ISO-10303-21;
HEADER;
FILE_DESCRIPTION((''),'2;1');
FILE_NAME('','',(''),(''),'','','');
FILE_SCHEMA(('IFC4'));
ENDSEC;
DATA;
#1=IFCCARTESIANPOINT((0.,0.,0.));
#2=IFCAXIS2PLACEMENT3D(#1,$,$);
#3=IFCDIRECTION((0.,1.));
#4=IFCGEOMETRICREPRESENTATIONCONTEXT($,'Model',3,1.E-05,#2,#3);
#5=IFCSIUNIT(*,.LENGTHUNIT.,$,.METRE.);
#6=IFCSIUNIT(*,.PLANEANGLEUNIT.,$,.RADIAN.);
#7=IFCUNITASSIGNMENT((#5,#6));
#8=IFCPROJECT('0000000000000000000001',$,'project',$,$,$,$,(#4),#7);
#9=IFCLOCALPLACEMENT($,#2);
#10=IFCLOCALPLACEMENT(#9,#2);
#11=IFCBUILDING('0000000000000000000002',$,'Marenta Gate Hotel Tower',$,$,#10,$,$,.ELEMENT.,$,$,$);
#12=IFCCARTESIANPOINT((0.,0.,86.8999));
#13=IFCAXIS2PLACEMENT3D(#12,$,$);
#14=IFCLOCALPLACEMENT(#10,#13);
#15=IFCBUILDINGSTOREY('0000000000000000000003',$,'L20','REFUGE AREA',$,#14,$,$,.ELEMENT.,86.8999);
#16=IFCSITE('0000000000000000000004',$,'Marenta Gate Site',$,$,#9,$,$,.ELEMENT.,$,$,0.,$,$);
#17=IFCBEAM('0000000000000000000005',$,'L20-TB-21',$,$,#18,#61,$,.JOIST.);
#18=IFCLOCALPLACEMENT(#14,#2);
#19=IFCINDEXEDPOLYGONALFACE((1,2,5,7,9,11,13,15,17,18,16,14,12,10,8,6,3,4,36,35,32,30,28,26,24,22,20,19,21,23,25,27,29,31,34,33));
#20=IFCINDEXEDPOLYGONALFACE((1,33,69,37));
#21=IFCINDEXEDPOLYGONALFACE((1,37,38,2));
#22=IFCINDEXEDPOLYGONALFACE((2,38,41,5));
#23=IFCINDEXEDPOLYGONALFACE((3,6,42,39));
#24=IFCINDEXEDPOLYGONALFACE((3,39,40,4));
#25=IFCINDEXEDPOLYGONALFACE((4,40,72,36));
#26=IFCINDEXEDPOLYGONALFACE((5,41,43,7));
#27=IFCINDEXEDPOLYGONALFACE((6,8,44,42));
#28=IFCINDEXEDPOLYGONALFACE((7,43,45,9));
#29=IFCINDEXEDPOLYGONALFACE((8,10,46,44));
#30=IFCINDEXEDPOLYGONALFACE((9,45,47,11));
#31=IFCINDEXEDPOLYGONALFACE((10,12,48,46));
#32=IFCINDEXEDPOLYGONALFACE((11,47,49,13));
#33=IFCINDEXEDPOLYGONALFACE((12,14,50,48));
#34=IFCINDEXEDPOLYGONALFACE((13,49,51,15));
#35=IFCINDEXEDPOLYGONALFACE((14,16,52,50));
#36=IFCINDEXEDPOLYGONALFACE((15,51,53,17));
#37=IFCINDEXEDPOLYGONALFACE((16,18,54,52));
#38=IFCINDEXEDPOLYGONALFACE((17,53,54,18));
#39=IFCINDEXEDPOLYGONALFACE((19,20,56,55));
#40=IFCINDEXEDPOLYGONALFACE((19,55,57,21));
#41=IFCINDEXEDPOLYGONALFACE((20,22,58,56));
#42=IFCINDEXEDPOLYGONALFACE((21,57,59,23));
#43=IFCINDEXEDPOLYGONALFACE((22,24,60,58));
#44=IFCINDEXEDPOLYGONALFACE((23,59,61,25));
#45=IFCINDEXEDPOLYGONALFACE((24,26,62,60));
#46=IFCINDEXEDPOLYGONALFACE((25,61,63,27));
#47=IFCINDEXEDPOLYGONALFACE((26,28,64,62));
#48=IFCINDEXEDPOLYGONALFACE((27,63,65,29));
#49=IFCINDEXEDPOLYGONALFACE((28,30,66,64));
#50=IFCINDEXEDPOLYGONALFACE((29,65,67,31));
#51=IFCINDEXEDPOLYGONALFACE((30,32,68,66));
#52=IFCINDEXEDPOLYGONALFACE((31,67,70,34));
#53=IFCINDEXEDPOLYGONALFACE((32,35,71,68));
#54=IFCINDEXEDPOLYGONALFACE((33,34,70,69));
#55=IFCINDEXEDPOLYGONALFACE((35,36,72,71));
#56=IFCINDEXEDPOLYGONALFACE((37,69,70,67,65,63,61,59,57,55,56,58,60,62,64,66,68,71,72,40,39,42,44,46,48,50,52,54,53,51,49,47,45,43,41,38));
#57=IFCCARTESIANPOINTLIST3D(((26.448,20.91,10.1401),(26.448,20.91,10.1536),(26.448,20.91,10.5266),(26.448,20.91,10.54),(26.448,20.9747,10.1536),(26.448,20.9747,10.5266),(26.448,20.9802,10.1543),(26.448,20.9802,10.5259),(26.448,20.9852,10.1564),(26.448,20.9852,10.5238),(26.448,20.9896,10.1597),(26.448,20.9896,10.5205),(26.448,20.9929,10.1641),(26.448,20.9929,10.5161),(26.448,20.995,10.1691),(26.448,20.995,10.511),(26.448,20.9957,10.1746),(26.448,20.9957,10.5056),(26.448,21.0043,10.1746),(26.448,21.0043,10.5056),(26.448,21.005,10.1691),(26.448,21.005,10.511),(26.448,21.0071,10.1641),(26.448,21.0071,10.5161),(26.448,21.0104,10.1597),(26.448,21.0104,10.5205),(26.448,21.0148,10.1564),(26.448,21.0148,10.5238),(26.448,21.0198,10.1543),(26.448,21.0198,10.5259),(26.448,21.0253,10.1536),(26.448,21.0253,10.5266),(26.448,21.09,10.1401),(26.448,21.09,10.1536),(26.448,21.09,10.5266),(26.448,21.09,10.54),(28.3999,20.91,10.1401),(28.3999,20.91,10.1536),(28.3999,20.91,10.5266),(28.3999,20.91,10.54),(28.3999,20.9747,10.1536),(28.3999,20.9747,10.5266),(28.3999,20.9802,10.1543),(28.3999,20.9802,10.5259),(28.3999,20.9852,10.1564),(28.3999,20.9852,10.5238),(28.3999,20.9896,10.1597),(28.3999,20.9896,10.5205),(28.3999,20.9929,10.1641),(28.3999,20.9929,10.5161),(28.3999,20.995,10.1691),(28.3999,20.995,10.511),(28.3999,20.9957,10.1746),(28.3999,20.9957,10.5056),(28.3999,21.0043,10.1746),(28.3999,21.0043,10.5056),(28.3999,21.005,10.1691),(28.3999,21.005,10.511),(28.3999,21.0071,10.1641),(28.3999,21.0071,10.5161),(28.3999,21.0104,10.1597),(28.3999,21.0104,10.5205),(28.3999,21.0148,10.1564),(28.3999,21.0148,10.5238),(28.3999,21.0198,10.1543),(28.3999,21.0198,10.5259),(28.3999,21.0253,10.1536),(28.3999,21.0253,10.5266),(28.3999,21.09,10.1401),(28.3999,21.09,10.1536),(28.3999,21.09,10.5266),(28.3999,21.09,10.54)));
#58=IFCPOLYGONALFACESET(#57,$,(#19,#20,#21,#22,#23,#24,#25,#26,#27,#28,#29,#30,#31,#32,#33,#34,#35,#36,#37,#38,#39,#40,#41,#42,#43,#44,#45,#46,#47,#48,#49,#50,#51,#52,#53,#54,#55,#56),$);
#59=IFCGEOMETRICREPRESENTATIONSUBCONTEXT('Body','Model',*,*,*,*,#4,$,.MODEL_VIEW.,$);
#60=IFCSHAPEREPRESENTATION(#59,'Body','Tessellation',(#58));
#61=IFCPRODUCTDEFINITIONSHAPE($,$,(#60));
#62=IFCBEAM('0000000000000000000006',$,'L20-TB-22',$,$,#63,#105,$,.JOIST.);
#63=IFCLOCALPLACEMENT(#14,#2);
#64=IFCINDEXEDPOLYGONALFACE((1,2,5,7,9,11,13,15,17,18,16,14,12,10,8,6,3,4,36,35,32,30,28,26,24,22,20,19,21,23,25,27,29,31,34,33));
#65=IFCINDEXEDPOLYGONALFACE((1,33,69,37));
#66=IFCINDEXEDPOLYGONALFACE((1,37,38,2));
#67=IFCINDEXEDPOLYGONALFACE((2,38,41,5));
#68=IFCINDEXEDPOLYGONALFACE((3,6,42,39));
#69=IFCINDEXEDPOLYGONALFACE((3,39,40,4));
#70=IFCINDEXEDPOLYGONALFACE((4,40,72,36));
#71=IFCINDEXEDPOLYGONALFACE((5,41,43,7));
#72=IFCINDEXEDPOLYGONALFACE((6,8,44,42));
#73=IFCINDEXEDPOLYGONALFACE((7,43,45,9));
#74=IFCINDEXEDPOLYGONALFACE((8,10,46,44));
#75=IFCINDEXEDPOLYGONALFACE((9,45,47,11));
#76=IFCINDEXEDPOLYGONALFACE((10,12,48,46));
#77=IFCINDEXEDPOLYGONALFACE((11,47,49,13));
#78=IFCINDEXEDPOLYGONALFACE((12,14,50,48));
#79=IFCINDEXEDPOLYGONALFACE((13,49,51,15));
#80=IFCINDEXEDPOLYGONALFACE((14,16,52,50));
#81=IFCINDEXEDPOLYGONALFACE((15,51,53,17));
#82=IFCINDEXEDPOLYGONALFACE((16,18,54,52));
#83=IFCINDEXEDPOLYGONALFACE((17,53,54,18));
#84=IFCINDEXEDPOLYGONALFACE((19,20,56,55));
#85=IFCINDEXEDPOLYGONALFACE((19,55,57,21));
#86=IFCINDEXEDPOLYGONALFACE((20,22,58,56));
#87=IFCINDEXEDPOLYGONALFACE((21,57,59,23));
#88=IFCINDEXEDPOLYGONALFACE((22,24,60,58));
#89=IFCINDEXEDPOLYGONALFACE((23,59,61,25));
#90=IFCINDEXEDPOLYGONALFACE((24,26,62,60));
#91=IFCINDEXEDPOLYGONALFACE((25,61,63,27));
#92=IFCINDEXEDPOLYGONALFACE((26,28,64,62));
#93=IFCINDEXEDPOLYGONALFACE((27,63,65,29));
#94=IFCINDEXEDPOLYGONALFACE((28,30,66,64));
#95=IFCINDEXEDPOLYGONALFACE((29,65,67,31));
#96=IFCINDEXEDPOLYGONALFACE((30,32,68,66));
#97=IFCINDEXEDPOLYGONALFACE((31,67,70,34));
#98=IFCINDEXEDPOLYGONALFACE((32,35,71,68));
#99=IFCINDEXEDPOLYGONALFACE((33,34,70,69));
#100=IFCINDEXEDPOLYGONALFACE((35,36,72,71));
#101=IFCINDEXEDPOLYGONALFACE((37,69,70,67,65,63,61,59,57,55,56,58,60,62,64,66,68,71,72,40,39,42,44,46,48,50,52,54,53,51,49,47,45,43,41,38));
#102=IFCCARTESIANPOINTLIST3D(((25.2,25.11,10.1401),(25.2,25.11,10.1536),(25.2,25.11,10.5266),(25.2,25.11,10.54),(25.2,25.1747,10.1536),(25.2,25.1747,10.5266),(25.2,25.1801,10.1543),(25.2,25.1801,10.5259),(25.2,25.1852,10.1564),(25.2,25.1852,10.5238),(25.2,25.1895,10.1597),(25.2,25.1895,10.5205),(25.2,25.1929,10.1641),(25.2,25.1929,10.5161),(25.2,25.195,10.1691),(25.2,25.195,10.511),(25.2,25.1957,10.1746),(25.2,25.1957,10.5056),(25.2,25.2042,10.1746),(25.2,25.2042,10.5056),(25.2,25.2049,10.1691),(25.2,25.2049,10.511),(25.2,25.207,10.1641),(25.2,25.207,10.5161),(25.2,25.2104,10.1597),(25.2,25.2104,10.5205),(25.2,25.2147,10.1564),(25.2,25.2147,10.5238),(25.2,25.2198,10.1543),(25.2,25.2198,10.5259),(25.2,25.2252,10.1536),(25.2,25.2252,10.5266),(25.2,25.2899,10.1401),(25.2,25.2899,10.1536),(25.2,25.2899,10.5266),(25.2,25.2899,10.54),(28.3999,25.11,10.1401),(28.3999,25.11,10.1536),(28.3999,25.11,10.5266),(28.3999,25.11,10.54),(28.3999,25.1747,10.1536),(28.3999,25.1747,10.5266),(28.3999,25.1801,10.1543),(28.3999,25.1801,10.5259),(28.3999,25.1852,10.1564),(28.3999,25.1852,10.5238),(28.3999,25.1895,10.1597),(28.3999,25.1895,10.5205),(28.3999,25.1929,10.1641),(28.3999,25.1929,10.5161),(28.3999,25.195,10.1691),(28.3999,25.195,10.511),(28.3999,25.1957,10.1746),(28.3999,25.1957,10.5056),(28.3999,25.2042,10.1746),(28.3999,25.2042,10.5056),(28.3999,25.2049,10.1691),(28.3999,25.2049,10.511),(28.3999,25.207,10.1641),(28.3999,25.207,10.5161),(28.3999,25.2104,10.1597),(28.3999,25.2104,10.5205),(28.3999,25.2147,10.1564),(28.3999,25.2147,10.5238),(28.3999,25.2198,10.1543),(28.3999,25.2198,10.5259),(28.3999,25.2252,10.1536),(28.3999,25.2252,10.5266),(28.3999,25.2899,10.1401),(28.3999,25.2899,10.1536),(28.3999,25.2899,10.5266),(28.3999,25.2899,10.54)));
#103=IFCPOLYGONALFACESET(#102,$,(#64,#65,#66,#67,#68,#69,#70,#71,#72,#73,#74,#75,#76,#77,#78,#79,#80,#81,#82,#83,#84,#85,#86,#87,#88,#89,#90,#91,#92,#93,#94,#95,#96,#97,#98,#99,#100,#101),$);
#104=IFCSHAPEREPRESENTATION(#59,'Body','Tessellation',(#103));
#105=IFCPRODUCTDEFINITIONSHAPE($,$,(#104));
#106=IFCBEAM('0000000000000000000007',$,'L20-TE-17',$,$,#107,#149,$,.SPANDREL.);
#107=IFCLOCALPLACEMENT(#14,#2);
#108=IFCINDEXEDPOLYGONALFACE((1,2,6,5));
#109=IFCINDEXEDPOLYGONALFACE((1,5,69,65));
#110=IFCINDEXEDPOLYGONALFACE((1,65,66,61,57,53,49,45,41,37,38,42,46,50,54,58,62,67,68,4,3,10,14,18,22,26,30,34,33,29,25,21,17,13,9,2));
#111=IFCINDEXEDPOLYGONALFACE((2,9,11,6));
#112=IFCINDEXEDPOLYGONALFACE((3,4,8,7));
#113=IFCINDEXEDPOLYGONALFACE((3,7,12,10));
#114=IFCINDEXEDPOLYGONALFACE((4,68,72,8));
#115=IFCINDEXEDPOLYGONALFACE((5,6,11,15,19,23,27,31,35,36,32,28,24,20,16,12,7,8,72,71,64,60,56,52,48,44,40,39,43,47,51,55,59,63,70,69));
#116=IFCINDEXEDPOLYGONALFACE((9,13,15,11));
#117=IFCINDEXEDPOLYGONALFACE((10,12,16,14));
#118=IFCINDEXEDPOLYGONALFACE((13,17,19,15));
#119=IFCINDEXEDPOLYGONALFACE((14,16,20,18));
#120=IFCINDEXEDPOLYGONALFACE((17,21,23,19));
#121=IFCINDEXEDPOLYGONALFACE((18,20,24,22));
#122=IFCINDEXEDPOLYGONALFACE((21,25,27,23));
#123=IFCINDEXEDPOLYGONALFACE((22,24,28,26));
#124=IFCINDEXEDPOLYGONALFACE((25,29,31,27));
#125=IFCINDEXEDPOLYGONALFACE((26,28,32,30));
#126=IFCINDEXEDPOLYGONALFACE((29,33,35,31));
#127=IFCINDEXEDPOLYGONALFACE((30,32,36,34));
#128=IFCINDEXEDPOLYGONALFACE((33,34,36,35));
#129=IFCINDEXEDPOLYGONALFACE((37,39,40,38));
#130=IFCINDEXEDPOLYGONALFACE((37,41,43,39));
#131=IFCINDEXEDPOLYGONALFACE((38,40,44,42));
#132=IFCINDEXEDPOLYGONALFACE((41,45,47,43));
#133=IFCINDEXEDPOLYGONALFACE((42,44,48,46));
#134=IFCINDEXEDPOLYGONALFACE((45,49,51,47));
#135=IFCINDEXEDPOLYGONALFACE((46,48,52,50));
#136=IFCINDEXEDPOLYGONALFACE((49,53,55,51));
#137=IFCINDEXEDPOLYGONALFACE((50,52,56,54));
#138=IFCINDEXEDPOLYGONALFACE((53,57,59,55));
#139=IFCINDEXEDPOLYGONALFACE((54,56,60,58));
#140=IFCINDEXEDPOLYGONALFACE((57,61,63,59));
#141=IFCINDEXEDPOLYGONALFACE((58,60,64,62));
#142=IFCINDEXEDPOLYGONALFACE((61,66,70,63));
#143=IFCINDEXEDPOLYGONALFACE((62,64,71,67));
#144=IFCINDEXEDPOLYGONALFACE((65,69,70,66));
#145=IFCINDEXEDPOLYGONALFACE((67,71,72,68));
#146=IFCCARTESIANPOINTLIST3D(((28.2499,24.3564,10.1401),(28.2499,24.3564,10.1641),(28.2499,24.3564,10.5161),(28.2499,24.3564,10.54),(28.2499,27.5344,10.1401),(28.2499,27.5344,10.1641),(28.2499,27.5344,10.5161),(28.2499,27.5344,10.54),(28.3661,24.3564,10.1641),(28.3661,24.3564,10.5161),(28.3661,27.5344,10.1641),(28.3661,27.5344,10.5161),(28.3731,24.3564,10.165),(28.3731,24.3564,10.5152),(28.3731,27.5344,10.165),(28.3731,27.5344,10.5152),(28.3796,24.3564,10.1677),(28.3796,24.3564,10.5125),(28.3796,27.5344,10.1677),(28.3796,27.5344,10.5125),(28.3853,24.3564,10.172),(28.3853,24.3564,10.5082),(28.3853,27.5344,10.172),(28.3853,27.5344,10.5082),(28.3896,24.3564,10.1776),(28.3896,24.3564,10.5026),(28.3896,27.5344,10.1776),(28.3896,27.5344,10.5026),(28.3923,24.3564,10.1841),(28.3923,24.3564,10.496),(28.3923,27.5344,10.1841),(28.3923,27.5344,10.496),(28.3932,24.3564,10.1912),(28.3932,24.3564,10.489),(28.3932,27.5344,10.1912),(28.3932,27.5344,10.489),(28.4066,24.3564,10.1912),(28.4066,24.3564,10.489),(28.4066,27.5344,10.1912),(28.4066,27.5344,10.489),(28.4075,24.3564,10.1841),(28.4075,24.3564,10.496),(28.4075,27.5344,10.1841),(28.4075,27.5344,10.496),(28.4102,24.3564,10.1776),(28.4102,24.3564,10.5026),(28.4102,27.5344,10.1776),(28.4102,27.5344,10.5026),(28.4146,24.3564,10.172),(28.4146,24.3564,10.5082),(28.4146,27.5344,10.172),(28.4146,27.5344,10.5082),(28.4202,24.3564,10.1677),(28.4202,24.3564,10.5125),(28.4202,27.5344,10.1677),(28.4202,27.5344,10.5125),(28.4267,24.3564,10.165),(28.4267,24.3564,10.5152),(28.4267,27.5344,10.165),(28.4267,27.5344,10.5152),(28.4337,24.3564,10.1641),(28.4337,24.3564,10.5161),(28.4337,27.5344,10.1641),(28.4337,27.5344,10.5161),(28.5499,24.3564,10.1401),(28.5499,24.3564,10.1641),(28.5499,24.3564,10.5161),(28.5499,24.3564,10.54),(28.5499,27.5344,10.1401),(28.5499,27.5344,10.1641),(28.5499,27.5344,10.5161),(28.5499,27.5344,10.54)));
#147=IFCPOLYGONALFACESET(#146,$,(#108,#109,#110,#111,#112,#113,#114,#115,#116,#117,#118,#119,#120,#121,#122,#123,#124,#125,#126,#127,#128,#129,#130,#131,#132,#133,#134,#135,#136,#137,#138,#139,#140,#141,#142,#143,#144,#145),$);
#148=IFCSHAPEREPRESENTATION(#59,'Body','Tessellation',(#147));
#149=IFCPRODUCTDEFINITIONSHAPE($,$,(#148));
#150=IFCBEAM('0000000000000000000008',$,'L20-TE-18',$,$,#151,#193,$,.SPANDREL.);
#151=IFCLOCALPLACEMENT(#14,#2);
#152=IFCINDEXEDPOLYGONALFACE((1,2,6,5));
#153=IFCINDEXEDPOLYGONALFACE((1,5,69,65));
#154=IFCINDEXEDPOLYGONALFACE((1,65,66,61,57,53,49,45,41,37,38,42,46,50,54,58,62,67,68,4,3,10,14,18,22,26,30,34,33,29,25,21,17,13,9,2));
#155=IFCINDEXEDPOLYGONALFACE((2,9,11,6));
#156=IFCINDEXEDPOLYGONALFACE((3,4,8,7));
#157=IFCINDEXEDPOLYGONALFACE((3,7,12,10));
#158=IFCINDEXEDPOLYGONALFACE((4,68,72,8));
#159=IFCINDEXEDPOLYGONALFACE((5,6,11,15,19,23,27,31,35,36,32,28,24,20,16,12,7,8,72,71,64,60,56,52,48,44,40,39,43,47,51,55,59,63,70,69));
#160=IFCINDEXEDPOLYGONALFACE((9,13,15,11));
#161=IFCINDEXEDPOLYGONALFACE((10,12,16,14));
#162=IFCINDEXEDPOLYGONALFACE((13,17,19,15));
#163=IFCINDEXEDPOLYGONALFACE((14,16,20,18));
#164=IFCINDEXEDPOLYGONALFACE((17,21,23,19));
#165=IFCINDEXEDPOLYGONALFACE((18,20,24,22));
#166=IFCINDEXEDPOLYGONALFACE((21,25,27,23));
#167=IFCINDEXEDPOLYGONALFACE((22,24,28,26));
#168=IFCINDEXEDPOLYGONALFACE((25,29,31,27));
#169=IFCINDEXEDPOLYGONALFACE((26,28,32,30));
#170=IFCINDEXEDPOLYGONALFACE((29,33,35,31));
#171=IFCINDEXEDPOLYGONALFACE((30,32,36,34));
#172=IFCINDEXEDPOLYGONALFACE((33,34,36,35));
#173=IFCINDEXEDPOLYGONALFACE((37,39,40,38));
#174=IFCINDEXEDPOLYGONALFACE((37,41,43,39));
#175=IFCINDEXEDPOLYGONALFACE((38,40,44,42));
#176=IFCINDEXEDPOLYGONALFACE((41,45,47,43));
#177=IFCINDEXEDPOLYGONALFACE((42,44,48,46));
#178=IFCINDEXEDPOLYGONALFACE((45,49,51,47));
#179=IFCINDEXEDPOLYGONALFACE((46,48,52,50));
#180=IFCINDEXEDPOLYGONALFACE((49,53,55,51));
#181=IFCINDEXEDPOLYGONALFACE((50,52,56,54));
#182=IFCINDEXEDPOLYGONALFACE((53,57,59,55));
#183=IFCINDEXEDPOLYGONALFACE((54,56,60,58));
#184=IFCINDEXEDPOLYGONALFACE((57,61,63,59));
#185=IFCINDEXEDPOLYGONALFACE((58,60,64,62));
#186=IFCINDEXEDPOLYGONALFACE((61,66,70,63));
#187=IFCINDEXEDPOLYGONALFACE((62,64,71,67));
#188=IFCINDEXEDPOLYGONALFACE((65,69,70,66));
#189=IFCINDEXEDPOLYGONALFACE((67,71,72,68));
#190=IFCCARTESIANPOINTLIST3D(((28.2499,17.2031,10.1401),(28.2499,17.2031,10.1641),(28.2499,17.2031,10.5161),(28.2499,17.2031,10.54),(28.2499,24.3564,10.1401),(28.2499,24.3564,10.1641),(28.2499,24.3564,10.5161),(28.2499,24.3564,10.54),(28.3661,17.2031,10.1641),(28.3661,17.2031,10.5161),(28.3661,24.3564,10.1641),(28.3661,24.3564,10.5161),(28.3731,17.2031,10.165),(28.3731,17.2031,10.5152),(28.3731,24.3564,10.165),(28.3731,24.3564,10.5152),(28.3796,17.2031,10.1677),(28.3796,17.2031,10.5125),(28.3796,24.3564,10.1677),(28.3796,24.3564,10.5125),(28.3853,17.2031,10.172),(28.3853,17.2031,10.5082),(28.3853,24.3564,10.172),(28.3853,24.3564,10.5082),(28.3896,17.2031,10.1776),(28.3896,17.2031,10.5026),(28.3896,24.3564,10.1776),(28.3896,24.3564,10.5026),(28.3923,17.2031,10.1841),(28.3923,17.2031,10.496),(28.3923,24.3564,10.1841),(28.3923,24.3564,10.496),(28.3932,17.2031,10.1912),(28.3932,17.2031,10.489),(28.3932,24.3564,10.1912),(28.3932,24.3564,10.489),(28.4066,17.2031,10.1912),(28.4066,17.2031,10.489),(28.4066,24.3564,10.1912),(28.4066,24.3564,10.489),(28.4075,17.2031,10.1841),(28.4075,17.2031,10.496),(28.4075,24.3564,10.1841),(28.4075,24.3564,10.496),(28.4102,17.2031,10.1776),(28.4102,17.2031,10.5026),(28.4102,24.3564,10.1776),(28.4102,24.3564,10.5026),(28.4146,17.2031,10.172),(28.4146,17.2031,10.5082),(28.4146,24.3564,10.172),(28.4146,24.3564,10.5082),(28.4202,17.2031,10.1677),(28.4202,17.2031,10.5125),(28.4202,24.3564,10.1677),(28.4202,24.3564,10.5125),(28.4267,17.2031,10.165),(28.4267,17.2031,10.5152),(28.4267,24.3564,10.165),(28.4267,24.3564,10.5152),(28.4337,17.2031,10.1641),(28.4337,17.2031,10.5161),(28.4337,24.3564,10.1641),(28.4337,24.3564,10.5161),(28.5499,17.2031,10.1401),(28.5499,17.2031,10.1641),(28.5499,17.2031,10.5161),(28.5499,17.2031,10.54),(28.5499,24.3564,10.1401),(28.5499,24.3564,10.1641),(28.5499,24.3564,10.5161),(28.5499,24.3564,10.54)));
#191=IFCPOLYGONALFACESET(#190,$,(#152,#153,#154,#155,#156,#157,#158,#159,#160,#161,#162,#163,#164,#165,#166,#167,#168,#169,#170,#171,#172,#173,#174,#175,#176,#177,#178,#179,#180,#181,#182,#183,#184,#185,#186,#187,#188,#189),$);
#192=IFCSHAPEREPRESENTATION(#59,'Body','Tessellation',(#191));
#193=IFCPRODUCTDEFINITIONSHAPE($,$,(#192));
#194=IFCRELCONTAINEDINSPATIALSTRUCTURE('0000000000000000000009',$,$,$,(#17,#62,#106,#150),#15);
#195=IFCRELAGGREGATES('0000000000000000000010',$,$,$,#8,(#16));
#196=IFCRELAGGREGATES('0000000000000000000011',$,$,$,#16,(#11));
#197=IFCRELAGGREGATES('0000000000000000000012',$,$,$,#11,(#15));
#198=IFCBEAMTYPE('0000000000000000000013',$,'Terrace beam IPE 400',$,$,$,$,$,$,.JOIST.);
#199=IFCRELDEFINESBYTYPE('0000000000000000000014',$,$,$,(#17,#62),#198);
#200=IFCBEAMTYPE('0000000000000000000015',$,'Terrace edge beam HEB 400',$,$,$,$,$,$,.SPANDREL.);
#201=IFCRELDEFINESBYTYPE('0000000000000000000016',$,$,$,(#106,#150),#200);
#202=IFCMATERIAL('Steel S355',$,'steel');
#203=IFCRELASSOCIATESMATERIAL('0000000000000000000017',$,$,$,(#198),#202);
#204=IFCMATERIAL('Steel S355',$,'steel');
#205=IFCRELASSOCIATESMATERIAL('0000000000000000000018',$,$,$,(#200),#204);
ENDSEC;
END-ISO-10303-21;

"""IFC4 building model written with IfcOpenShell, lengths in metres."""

from ifc_helpers import new_model, si_unit, direction, frame, origin, origin_2d, place, context, subcontext, project, spatial, i_section, extrude, material, material_profile, profile_set, type_object, element, save


model = new_model("IFC4")

# Units and contexts
model_context = context("Model", 3, precision=1e-05, world=origin(), true_north=direction((0.0, 1.0)))
body_context = subcontext(model_context, "Body", "Model", "MODEL_VIEW")
ifc_project = project(units=[si_unit("LENGTHUNIT", "METRE"), si_unit("PLANEANGLEUNIT", "RADIAN")], contexts=[model_context])

# Site, building, storey
site_placement = place(None, origin())
site = spatial("IfcSite", under=ifc_project, at=site_placement, Name="Marenta Gate Site", CompositionType="ELEMENT", RefElevation=0.0)
building_placement = place(site_placement, origin())
building = spatial("IfcBuilding", under=site, at=building_placement, Name="Marenta Gate Hotel Tower", CompositionType="ELEMENT")
storey_placement = place(building_placement, frame((0.0, 0.0, 86.8999)))
storey = spatial("IfcBuildingStorey", under=building, at=storey_placement, Name="L20", Description="REFUGE AREA", CompositionType="ELEMENT", Elevation=86.8999)

# Beams
ifc_material_1 = material(Name="Steel S355", Category="steel")
ifc_material_profile_1 = material_profile(ifc_material_1, i_section(OverallWidth=0.1799, OverallDepth=0.3999, WebThickness=0.0085, FlangeThickness=0.0134, FilletRadius=0.021, at=origin_2d()), Name="IPE 400")
ifc_profile_set_1 = profile_set([ifc_material_profile_1], Name="Steel S355")
beam_type_1 = type_object("IfcBeamType", Name="Terrace beam IPE 400", PredefinedType="JOIST", material=ifc_profile_set_1)
beam_1_placement = place(storey_placement, frame((26.448, 21.0, 10.3401), z_axis=(1.0, 0.0, 0.0), x_axis=(0.0, 1.0, 0.0)))
element("IfcBeam", 1, at=beam_1_placement, inside=storey, type_object=beam_type_1, Name="L20-TB-21", PredefinedType="JOIST", context=body_context, shape_type="SweptSolid", body=[
    extrude(i_section(OverallWidth=0.1799, OverallDepth=0.3999, WebThickness=0.0085, FlangeThickness=0.0134, FilletRadius=0.021, at=origin_2d()), origin(), (0.0, 0.0, 1.0), 1.9519),
])
beam_2_placement = place(storey_placement, frame((25.2, 25.2, 10.3401), z_axis=(1.0, 0.0, 0.0), x_axis=(0.0, 1.0, 0.0)))
element("IfcBeam", 2, at=beam_2_placement, inside=storey, type_object=beam_type_1, Name="L20-TB-22", PredefinedType="JOIST", context=body_context, shape_type="SweptSolid", body=[
    extrude(i_section(OverallWidth=0.1799, OverallDepth=0.3999, WebThickness=0.0085, FlangeThickness=0.0134, FilletRadius=0.021, at=origin_2d()), origin(), (0.0, 0.0, 1.0), 3.2),
])
ifc_material_2 = material(Name="Steel S355", Category="steel")
ifc_material_profile_2 = material_profile(ifc_material_2, i_section(OverallWidth=0.3, OverallDepth=0.3999, WebThickness=0.0134, FlangeThickness=0.0239, FilletRadius=0.0271, at=origin_2d()), Name="HEB 400")
ifc_profile_set_2 = profile_set([ifc_material_profile_2], Name="Steel S355")
beam_type_2 = type_object("IfcBeamType", Name="Terrace edge beam HEB 400", PredefinedType="SPANDREL", material=ifc_profile_set_2)
beam_3_placement = place(storey_placement, frame((28.3999, 27.5344, 10.3401), z_axis=(0.0, -1.0, 0.0), x_axis=(1.0, 0.0, 0.0)))
element("IfcBeam", 3, at=beam_3_placement, inside=storey, type_object=beam_type_2, Name="L20-TE-17", PredefinedType="SPANDREL", context=body_context, shape_type="SweptSolid", body=[
    extrude(i_section(OverallWidth=0.3, OverallDepth=0.3999, WebThickness=0.0134, FlangeThickness=0.0239, FilletRadius=0.0271, at=origin_2d()), origin(), (0.0, 0.0, 1.0), 3.178),
])
beam_4_placement = place(storey_placement, frame((28.3999, 24.3564, 10.3401), z_axis=(0.0, -1.0, 0.0), x_axis=(1.0, 0.0, 0.0)))
element("IfcBeam", 4, at=beam_4_placement, inside=storey, type_object=beam_type_2, Name="L20-TE-18", PredefinedType="SPANDREL", context=body_context, shape_type="SweptSolid", body=[
    extrude(i_section(OverallWidth=0.3, OverallDepth=0.3999, WebThickness=0.0134, FlangeThickness=0.0239, FilletRadius=0.0271, at=origin_2d()), origin(), (0.0, 0.0, 1.0), 7.1533),
])

save(model, "model.ifc")
